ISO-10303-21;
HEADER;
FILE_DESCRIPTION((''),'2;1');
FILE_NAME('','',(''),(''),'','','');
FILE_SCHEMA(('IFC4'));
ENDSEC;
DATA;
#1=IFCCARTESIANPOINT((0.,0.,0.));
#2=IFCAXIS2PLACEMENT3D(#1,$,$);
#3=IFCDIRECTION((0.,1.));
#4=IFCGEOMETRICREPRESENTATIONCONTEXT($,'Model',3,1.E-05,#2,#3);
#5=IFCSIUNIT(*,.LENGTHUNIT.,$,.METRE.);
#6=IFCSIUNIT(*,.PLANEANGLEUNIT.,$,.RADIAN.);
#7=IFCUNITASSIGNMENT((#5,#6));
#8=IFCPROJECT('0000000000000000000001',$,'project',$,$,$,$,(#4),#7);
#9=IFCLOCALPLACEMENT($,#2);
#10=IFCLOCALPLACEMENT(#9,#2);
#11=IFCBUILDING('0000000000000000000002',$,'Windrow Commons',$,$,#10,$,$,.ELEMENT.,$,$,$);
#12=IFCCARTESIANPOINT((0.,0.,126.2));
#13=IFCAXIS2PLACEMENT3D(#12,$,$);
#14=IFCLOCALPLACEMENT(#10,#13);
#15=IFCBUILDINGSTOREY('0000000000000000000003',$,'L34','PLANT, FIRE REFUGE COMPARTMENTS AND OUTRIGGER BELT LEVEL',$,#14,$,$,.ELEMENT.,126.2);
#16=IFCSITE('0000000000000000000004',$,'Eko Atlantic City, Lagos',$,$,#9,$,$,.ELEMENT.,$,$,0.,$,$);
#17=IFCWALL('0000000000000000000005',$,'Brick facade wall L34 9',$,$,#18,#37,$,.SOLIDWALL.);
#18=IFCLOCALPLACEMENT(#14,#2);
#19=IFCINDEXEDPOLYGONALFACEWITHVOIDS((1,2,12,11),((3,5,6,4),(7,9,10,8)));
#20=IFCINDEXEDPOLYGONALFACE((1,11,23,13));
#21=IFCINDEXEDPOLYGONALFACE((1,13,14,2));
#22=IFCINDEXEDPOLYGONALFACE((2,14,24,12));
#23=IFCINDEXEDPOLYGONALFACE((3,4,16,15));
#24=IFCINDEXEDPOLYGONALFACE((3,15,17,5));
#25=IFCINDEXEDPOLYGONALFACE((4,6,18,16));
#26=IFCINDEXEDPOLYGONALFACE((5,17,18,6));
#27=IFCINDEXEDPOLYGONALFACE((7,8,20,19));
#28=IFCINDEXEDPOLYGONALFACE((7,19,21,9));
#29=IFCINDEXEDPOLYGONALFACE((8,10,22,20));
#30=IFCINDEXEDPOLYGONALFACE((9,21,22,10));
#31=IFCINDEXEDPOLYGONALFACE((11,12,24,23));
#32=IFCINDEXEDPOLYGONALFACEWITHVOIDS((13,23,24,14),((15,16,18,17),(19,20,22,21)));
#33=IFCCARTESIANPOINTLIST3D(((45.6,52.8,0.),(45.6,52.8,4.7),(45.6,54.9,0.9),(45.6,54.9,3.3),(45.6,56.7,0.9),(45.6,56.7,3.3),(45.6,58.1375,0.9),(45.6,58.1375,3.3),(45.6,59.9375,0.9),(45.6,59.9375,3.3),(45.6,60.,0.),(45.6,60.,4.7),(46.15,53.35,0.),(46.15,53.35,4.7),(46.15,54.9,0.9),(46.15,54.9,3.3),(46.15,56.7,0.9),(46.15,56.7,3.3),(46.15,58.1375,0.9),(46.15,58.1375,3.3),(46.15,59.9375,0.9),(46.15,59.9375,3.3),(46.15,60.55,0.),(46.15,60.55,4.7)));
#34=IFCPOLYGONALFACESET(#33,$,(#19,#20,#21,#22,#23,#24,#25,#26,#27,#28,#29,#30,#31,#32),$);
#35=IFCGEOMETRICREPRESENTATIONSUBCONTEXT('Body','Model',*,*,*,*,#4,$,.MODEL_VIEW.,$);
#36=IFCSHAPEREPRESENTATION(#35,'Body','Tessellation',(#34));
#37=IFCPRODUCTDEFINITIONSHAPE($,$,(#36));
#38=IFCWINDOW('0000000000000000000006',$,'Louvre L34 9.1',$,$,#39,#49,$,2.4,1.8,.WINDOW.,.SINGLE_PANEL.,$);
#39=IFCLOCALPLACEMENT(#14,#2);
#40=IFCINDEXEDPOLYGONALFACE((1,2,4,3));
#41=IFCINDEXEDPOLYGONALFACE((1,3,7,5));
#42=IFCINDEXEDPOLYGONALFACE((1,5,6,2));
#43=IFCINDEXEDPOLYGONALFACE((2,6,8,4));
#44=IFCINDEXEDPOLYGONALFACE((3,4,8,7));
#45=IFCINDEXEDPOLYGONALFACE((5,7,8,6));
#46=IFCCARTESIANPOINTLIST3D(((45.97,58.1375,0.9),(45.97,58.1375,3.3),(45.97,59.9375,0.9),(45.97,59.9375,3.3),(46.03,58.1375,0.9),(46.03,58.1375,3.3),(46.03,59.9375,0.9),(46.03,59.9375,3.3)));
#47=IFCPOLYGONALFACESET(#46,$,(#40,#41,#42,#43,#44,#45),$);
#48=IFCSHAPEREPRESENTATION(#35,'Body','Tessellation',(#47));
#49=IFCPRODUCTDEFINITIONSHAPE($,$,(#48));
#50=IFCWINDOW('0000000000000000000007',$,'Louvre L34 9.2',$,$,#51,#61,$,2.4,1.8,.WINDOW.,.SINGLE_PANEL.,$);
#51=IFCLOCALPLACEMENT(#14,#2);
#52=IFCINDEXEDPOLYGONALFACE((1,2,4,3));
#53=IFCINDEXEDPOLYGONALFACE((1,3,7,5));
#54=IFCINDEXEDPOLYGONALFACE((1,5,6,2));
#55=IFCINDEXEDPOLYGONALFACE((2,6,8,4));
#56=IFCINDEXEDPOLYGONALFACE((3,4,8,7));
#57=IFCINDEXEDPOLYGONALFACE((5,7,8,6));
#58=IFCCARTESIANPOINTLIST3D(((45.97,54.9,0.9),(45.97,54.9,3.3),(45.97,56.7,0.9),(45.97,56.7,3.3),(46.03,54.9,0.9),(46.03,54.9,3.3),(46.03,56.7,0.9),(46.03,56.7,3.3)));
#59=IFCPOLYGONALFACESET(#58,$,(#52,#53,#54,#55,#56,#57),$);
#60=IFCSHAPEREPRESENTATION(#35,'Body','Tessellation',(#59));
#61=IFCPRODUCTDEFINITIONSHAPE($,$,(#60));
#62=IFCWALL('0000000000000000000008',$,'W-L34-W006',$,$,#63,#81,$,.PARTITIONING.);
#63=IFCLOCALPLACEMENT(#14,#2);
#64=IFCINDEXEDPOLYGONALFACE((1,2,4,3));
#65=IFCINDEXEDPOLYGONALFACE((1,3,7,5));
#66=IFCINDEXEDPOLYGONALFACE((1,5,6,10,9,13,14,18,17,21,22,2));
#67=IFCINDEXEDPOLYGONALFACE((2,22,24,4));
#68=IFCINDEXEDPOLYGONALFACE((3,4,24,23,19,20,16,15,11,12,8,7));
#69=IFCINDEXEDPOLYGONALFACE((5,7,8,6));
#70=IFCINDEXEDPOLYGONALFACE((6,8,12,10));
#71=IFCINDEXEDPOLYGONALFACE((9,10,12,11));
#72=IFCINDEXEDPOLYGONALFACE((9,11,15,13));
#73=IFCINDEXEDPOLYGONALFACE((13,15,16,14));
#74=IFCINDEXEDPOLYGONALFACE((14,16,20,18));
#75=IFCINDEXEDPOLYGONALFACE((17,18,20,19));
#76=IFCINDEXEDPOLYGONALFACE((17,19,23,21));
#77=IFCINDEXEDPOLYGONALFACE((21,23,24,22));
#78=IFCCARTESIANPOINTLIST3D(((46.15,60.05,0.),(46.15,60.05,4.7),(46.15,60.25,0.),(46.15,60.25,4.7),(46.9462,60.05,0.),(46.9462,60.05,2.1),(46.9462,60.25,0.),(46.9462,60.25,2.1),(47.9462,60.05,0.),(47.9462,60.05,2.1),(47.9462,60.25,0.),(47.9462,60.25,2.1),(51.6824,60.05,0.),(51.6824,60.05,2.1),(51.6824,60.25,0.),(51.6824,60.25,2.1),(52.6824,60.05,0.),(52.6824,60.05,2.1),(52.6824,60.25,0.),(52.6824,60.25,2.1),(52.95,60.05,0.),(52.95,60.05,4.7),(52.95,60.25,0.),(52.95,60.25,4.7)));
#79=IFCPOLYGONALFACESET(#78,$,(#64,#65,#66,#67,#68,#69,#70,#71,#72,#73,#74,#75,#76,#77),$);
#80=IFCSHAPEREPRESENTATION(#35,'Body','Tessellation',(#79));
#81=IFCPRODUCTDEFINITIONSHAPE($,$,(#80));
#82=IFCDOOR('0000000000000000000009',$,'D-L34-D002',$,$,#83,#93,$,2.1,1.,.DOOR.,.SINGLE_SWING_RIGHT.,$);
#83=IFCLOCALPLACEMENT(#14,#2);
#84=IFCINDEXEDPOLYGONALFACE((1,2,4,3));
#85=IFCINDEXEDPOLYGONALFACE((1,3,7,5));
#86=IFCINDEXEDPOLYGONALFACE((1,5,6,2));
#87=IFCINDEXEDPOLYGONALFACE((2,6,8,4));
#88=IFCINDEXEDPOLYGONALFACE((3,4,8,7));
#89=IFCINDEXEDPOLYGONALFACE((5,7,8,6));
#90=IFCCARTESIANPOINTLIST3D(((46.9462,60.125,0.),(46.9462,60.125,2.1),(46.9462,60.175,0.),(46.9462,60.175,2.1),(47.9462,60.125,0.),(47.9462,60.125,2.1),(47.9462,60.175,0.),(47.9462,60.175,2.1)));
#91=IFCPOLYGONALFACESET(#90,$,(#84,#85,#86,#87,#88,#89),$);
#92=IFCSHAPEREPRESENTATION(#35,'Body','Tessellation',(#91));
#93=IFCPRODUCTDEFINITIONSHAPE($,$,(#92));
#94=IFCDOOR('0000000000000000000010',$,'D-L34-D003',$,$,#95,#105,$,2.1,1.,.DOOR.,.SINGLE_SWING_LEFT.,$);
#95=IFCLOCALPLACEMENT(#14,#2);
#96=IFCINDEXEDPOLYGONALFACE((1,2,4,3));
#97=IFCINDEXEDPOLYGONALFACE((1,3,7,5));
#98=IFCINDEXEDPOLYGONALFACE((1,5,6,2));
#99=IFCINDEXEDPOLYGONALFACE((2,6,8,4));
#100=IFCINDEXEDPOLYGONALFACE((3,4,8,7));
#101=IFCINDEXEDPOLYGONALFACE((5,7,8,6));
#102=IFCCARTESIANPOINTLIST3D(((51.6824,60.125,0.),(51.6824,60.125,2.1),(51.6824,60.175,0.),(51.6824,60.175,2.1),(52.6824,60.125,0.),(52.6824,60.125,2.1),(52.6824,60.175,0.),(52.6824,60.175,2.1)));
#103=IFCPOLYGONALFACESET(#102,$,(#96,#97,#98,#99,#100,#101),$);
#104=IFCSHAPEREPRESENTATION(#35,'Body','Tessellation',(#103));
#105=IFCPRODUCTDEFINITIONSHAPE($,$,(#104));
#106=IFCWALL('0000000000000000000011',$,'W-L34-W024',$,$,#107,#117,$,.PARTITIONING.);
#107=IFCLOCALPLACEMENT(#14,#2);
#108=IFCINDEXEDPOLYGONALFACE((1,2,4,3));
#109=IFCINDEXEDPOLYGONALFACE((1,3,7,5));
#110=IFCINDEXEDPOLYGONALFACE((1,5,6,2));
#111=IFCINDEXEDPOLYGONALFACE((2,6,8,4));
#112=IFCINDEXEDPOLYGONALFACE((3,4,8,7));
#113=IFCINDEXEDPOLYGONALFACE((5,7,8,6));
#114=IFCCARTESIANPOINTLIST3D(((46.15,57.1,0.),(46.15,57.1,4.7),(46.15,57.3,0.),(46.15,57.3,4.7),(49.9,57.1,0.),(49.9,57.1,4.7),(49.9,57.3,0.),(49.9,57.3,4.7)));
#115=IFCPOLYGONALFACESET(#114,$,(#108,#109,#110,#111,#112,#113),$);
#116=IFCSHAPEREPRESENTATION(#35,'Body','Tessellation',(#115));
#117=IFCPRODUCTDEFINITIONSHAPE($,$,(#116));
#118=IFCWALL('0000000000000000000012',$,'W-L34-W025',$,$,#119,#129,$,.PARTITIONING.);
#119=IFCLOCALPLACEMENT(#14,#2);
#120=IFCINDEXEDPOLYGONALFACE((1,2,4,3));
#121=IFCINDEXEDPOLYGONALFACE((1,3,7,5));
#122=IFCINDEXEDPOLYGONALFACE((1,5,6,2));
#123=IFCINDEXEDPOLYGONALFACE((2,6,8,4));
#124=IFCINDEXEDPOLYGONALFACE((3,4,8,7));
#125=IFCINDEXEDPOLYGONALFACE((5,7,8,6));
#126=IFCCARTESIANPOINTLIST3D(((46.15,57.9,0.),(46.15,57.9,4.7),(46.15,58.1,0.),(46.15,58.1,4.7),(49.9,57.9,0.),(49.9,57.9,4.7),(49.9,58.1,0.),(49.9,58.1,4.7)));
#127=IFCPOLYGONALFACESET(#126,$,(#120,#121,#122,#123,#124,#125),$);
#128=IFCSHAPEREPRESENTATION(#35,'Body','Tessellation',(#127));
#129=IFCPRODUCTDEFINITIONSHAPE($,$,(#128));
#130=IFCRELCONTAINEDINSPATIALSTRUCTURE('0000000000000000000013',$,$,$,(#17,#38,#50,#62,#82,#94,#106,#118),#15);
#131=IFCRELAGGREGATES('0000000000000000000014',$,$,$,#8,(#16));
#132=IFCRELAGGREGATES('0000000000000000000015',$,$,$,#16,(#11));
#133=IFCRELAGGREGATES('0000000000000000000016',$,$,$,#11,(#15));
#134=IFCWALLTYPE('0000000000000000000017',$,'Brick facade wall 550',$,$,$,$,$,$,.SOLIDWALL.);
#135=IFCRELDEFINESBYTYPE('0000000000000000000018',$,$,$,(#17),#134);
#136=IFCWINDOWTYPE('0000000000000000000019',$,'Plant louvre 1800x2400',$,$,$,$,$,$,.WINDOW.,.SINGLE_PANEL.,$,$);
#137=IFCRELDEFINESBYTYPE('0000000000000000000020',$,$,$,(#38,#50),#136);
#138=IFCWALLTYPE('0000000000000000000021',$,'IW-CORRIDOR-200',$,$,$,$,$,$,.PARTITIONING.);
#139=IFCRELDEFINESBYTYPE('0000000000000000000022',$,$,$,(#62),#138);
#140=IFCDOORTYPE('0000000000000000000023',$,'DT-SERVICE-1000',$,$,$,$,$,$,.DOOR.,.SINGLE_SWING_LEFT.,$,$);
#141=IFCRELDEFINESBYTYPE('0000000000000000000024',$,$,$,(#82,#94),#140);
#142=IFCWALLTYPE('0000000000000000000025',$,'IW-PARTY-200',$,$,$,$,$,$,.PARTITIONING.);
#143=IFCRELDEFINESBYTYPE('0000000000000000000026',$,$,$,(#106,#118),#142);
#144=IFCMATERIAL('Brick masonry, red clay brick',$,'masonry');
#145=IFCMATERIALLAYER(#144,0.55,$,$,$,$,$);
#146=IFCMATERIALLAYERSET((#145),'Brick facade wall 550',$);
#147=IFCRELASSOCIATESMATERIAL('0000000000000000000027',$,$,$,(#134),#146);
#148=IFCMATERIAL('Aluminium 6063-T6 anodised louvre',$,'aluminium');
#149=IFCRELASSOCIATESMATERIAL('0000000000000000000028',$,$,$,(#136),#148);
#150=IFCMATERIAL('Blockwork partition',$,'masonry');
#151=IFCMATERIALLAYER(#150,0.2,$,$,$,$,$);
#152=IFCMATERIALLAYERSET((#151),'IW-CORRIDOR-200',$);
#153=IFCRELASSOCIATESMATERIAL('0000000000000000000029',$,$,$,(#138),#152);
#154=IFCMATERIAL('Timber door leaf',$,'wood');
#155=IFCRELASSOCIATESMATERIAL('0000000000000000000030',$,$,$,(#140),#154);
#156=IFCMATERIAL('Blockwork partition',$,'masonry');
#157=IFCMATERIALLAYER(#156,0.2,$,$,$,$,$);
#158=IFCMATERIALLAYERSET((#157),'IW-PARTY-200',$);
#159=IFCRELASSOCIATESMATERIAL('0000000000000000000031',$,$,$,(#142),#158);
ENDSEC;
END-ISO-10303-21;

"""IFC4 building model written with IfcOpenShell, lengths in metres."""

from ifc_helpers import new_model, si_unit, direction, frame, frame_2d, origin, place, context, subcontext, project, spatial, polyline, rectangle, outline, extrude, material, layer, layer_set, type_object, element, fill, save


model = new_model("IFC4")

# Units and contexts
model_context = context("Model", 3, precision=1e-05, world=origin(), true_north=direction((0.0, 1.0)))
body_context = subcontext(model_context, "Body", "Model", "MODEL_VIEW")
ifc_project = project(units=[si_unit("LENGTHUNIT", "METRE"), si_unit("PLANEANGLEUNIT", "RADIAN")], contexts=[model_context])

# Site, building, storey
site_placement = place(None, origin())
site = spatial("IfcSite", under=ifc_project, at=site_placement, Name="Eko Atlantic City, Lagos", CompositionType="ELEMENT", RefElevation=0.0)
building_placement = place(site_placement, origin())
building = spatial("IfcBuilding", under=site, at=building_placement, Name="Windrow Commons", CompositionType="ELEMENT")
storey_placement = place(building_placement, frame((0.0, 0.0, 126.2)))
storey = spatial("IfcBuildingStorey", under=building, at=storey_placement, Name="L34", Description="PLANT, FIRE REFUGE COMPARTMENTS AND OUTRIGGER BELT LEVEL", CompositionType="ELEMENT", Elevation=126.2)

# Wall, openings, windows
ifc_material_1 = material(Name="Brick masonry, red clay brick", Category="masonry")
ifc_layer_1 = layer(ifc_material_1, 0.55)
ifc_layer_set_1 = layer_set([ifc_layer_1], Name="Brick facade wall 550")
wall_type_1 = type_object("IfcWallType", Name="Brick facade wall 550", PredefinedType="SOLIDWALL", material=ifc_layer_set_1)
ifc_material_2 = material(Name="Aluminium 6063-T6 anodised louvre", Category="aluminium")
window_type = type_object("IfcWindowType", Name="Plant louvre 1800x2400", PartitioningType="SINGLE_PANEL", PredefinedType="WINDOW", material=ifc_material_2)
wall_1_placement = place(storey_placement, frame((45.875, 60.275, 0.0), z_axis=(0.0, 0.0, 1.0), x_axis=(0.0, -1.0, 0.0)))
wall_1 = element("IfcWall", 1, at=wall_1_placement, inside=storey, type_object=wall_type_1, Name="Brick facade wall L34 9", PredefinedType="SOLIDWALL", context=body_context, shape_type="SweptSolid", body=[
    extrude(outline(polyline([(0.275, -0.275), (7.475, -0.275), (6.925, 0.275), (-0.275, 0.275), (0.275, -0.275)])), origin(), (0.0, 0.0, 1.0), 4.7),
])
opening_1_placement = place(wall_1_placement, frame((0.3375, 0.0, 0.9)))
opening_1 = element("IfcOpeningElement", 2, at=opening_1_placement, cuts=wall_1, PredefinedType="OPENING", context=body_context, shape_type="SweptSolid", body=[
    extrude(rectangle(XDim=1.8, YDim=2.4, at=frame_2d((0.9, 1.2))), frame((0.0, 0.285, 0.0), z_axis=(0.0, -1.0, 0.0), x_axis=(1.0, 0.0, 0.0)), (0.0, 0.0, 1.0), 0.57),
])
opening_2_placement = place(wall_1_placement, frame((3.575, 0.0, 0.9)))
opening_2 = element("IfcOpeningElement", 3, at=opening_2_placement, cuts=wall_1, PredefinedType="OPENING", context=body_context, shape_type="SweptSolid", body=[
    extrude(rectangle(XDim=1.8, YDim=2.4, at=frame_2d((0.9, 1.2))), frame((0.0, 0.285, 0.0), z_axis=(0.0, -1.0, 0.0), x_axis=(1.0, 0.0, 0.0)), (0.0, 0.0, 1.0), 0.57),
])
window_1_placement = place(opening_1_placement, origin())
window_1 = element("IfcWindow", 4, at=window_1_placement, inside=storey, type_object=window_type, Name="Louvre L34 9.1", OverallHeight=2.4, OverallWidth=1.8, PartitioningType="SINGLE_PANEL", PredefinedType="WINDOW", context=body_context, shape_type="SweptSolid", body=[
    extrude(rectangle(XDim=1.8, YDim=2.4, at=frame_2d((0.9, 1.2))), frame((0.0, 0.155, 0.0), z_axis=(0.0, -1.0, 0.0), x_axis=(1.0, 0.0, 0.0)), (0.0, 0.0, 1.0), 0.06),
])
fill(opening_1, window_1)
window_2_placement = place(opening_2_placement, origin())
window_2 = element("IfcWindow", 5, at=window_2_placement, inside=storey, type_object=window_type, Name="Louvre L34 9.2", OverallHeight=2.4, OverallWidth=1.8, PartitioningType="SINGLE_PANEL", PredefinedType="WINDOW", context=body_context, shape_type="SweptSolid", body=[
    extrude(rectangle(XDim=1.8, YDim=2.4, at=frame_2d((0.9, 1.2))), frame((0.0, 0.155, 0.0), z_axis=(0.0, -1.0, 0.0), x_axis=(1.0, 0.0, 0.0)), (0.0, 0.0, 1.0), 0.06),
])
fill(opening_2, window_2)

# Wall, openings, doors
ifc_material_3 = material(Name="Blockwork partition", Category="masonry")
ifc_layer_2 = layer(ifc_material_3, 0.2)
ifc_layer_set_2 = layer_set([ifc_layer_2], Name="IW-CORRIDOR-200")
wall_type_2 = type_object("IfcWallType", Name="IW-CORRIDOR-200", PredefinedType="PARTITIONING", material=ifc_layer_set_2)
wall_2_placement = place(storey_placement, frame((46.15, 60.15, 0.0), z_axis=(0.0, 0.0, 1.0), x_axis=(1.0, 0.0, 0.0)))
wall_2 = element("IfcWall", 6, at=wall_2_placement, inside=storey, type_object=wall_type_2, Name="W-L34-W006", PredefinedType="PARTITIONING", context=body_context, shape_type="SweptSolid", body=[
    extrude(rectangle(XDim=6.8, YDim=0.2, at=frame_2d((3.4, 0.0))), origin(), (0.0, 0.0, 1.0), 4.7),
])
opening_3_placement = place(wall_2_placement, frame((0.7962, 0.0, 0.0)))
opening_3 = element("IfcOpeningElement", 7, at=opening_3_placement, cuts=wall_2, PredefinedType="OPENING", context=body_context, shape_type="SweptSolid", body=[
    extrude(rectangle(XDim=1.0, YDim=2.1, at=frame_2d((0.5, 1.05))), frame((0.0, 0.11, 0.0), z_axis=(0.0, -1.0, 0.0), x_axis=(1.0, 0.0, 0.0)), (0.0, 0.0, 1.0), 0.22),
])
opening_4_placement = place(wall_2_placement, frame((5.5324, 0.0, 0.0)))
opening_4 = element("IfcOpeningElement", 8, at=opening_4_placement, cuts=wall_2, PredefinedType="OPENING", context=body_context, shape_type="SweptSolid", body=[
    extrude(rectangle(XDim=1.0, YDim=2.1, at=frame_2d((0.5, 1.05))), frame((0.0, 0.11, 0.0), z_axis=(0.0, -1.0, 0.0), x_axis=(1.0, 0.0, 0.0)), (0.0, 0.0, 1.0), 0.22),
])
ifc_material_4 = material(Name="Timber door leaf", Category="wood")
door_type = type_object("IfcDoorType", Name="DT-SERVICE-1000", OperationType="SINGLE_SWING_LEFT", PredefinedType="DOOR", material=ifc_material_4)
door_1_placement = place(opening_3_placement, origin())
door_1 = element("IfcDoor", 9, at=door_1_placement, inside=storey, type_object=door_type, Name="D-L34-D002", OperationType="SINGLE_SWING_RIGHT", OverallHeight=2.1, OverallWidth=1.0, PredefinedType="DOOR", context=body_context, shape_type="SweptSolid", body=[
    extrude(rectangle(XDim=1.0, YDim=2.1, at=frame_2d((0.5, 1.05))), frame((0.0, 0.025, 0.0), z_axis=(0.0, -1.0, 0.0), x_axis=(1.0, 0.0, 0.0)), (0.0, 0.0, 1.0), 0.05),
])
fill(opening_3, door_1)
door_2_placement = place(opening_4_placement, origin())
door_2 = element("IfcDoor", 10, at=door_2_placement, inside=storey, type_object=door_type, Name="D-L34-D003", OperationType="SINGLE_SWING_LEFT", OverallHeight=2.1, OverallWidth=1.0, PredefinedType="DOOR", context=body_context, shape_type="SweptSolid", body=[
    extrude(rectangle(XDim=1.0, YDim=2.1, at=frame_2d((0.5, 1.05))), frame((0.0, 0.025, 0.0), z_axis=(0.0, -1.0, 0.0), x_axis=(1.0, 0.0, 0.0)), (0.0, 0.0, 1.0), 0.05),
])
fill(opening_4, door_2)

# Walls
ifc_material_5 = material(Name="Blockwork partition", Category="masonry")
ifc_layer_3 = layer(ifc_material_5, 0.2)
ifc_layer_set_3 = layer_set([ifc_layer_3], Name="IW-PARTY-200")
wall_type_3 = type_object("IfcWallType", Name="IW-PARTY-200", PredefinedType="PARTITIONING", material=ifc_layer_set_3)
for number, where, z_axis, x_axis, name in (
    (11, (46.15, 57.2, 0.0), (0.0, 0.0, 1.0), (1.0, 0.0, 0.0), "W-L34-W024"),
    (12, (46.15, 58.0, 0.0), (0.0, 0.0, 1.0), (1.0, 0.0, 0.0), "W-L34-W025"),
):
    element("IfcWall", number, at=place(storey_placement, frame(where, z_axis=z_axis, x_axis=x_axis)), inside=storey, type_object=wall_type_3, Name=name, PredefinedType="PARTITIONING", context=body_context, shape_type="SweptSolid", body=[
        extrude(rectangle(XDim=3.75, YDim=0.2, at=frame_2d((1.875, 0.0))), origin(), (0.0, 0.0, 1.0), 4.7),
    ])

save(model, "model.ifc")
